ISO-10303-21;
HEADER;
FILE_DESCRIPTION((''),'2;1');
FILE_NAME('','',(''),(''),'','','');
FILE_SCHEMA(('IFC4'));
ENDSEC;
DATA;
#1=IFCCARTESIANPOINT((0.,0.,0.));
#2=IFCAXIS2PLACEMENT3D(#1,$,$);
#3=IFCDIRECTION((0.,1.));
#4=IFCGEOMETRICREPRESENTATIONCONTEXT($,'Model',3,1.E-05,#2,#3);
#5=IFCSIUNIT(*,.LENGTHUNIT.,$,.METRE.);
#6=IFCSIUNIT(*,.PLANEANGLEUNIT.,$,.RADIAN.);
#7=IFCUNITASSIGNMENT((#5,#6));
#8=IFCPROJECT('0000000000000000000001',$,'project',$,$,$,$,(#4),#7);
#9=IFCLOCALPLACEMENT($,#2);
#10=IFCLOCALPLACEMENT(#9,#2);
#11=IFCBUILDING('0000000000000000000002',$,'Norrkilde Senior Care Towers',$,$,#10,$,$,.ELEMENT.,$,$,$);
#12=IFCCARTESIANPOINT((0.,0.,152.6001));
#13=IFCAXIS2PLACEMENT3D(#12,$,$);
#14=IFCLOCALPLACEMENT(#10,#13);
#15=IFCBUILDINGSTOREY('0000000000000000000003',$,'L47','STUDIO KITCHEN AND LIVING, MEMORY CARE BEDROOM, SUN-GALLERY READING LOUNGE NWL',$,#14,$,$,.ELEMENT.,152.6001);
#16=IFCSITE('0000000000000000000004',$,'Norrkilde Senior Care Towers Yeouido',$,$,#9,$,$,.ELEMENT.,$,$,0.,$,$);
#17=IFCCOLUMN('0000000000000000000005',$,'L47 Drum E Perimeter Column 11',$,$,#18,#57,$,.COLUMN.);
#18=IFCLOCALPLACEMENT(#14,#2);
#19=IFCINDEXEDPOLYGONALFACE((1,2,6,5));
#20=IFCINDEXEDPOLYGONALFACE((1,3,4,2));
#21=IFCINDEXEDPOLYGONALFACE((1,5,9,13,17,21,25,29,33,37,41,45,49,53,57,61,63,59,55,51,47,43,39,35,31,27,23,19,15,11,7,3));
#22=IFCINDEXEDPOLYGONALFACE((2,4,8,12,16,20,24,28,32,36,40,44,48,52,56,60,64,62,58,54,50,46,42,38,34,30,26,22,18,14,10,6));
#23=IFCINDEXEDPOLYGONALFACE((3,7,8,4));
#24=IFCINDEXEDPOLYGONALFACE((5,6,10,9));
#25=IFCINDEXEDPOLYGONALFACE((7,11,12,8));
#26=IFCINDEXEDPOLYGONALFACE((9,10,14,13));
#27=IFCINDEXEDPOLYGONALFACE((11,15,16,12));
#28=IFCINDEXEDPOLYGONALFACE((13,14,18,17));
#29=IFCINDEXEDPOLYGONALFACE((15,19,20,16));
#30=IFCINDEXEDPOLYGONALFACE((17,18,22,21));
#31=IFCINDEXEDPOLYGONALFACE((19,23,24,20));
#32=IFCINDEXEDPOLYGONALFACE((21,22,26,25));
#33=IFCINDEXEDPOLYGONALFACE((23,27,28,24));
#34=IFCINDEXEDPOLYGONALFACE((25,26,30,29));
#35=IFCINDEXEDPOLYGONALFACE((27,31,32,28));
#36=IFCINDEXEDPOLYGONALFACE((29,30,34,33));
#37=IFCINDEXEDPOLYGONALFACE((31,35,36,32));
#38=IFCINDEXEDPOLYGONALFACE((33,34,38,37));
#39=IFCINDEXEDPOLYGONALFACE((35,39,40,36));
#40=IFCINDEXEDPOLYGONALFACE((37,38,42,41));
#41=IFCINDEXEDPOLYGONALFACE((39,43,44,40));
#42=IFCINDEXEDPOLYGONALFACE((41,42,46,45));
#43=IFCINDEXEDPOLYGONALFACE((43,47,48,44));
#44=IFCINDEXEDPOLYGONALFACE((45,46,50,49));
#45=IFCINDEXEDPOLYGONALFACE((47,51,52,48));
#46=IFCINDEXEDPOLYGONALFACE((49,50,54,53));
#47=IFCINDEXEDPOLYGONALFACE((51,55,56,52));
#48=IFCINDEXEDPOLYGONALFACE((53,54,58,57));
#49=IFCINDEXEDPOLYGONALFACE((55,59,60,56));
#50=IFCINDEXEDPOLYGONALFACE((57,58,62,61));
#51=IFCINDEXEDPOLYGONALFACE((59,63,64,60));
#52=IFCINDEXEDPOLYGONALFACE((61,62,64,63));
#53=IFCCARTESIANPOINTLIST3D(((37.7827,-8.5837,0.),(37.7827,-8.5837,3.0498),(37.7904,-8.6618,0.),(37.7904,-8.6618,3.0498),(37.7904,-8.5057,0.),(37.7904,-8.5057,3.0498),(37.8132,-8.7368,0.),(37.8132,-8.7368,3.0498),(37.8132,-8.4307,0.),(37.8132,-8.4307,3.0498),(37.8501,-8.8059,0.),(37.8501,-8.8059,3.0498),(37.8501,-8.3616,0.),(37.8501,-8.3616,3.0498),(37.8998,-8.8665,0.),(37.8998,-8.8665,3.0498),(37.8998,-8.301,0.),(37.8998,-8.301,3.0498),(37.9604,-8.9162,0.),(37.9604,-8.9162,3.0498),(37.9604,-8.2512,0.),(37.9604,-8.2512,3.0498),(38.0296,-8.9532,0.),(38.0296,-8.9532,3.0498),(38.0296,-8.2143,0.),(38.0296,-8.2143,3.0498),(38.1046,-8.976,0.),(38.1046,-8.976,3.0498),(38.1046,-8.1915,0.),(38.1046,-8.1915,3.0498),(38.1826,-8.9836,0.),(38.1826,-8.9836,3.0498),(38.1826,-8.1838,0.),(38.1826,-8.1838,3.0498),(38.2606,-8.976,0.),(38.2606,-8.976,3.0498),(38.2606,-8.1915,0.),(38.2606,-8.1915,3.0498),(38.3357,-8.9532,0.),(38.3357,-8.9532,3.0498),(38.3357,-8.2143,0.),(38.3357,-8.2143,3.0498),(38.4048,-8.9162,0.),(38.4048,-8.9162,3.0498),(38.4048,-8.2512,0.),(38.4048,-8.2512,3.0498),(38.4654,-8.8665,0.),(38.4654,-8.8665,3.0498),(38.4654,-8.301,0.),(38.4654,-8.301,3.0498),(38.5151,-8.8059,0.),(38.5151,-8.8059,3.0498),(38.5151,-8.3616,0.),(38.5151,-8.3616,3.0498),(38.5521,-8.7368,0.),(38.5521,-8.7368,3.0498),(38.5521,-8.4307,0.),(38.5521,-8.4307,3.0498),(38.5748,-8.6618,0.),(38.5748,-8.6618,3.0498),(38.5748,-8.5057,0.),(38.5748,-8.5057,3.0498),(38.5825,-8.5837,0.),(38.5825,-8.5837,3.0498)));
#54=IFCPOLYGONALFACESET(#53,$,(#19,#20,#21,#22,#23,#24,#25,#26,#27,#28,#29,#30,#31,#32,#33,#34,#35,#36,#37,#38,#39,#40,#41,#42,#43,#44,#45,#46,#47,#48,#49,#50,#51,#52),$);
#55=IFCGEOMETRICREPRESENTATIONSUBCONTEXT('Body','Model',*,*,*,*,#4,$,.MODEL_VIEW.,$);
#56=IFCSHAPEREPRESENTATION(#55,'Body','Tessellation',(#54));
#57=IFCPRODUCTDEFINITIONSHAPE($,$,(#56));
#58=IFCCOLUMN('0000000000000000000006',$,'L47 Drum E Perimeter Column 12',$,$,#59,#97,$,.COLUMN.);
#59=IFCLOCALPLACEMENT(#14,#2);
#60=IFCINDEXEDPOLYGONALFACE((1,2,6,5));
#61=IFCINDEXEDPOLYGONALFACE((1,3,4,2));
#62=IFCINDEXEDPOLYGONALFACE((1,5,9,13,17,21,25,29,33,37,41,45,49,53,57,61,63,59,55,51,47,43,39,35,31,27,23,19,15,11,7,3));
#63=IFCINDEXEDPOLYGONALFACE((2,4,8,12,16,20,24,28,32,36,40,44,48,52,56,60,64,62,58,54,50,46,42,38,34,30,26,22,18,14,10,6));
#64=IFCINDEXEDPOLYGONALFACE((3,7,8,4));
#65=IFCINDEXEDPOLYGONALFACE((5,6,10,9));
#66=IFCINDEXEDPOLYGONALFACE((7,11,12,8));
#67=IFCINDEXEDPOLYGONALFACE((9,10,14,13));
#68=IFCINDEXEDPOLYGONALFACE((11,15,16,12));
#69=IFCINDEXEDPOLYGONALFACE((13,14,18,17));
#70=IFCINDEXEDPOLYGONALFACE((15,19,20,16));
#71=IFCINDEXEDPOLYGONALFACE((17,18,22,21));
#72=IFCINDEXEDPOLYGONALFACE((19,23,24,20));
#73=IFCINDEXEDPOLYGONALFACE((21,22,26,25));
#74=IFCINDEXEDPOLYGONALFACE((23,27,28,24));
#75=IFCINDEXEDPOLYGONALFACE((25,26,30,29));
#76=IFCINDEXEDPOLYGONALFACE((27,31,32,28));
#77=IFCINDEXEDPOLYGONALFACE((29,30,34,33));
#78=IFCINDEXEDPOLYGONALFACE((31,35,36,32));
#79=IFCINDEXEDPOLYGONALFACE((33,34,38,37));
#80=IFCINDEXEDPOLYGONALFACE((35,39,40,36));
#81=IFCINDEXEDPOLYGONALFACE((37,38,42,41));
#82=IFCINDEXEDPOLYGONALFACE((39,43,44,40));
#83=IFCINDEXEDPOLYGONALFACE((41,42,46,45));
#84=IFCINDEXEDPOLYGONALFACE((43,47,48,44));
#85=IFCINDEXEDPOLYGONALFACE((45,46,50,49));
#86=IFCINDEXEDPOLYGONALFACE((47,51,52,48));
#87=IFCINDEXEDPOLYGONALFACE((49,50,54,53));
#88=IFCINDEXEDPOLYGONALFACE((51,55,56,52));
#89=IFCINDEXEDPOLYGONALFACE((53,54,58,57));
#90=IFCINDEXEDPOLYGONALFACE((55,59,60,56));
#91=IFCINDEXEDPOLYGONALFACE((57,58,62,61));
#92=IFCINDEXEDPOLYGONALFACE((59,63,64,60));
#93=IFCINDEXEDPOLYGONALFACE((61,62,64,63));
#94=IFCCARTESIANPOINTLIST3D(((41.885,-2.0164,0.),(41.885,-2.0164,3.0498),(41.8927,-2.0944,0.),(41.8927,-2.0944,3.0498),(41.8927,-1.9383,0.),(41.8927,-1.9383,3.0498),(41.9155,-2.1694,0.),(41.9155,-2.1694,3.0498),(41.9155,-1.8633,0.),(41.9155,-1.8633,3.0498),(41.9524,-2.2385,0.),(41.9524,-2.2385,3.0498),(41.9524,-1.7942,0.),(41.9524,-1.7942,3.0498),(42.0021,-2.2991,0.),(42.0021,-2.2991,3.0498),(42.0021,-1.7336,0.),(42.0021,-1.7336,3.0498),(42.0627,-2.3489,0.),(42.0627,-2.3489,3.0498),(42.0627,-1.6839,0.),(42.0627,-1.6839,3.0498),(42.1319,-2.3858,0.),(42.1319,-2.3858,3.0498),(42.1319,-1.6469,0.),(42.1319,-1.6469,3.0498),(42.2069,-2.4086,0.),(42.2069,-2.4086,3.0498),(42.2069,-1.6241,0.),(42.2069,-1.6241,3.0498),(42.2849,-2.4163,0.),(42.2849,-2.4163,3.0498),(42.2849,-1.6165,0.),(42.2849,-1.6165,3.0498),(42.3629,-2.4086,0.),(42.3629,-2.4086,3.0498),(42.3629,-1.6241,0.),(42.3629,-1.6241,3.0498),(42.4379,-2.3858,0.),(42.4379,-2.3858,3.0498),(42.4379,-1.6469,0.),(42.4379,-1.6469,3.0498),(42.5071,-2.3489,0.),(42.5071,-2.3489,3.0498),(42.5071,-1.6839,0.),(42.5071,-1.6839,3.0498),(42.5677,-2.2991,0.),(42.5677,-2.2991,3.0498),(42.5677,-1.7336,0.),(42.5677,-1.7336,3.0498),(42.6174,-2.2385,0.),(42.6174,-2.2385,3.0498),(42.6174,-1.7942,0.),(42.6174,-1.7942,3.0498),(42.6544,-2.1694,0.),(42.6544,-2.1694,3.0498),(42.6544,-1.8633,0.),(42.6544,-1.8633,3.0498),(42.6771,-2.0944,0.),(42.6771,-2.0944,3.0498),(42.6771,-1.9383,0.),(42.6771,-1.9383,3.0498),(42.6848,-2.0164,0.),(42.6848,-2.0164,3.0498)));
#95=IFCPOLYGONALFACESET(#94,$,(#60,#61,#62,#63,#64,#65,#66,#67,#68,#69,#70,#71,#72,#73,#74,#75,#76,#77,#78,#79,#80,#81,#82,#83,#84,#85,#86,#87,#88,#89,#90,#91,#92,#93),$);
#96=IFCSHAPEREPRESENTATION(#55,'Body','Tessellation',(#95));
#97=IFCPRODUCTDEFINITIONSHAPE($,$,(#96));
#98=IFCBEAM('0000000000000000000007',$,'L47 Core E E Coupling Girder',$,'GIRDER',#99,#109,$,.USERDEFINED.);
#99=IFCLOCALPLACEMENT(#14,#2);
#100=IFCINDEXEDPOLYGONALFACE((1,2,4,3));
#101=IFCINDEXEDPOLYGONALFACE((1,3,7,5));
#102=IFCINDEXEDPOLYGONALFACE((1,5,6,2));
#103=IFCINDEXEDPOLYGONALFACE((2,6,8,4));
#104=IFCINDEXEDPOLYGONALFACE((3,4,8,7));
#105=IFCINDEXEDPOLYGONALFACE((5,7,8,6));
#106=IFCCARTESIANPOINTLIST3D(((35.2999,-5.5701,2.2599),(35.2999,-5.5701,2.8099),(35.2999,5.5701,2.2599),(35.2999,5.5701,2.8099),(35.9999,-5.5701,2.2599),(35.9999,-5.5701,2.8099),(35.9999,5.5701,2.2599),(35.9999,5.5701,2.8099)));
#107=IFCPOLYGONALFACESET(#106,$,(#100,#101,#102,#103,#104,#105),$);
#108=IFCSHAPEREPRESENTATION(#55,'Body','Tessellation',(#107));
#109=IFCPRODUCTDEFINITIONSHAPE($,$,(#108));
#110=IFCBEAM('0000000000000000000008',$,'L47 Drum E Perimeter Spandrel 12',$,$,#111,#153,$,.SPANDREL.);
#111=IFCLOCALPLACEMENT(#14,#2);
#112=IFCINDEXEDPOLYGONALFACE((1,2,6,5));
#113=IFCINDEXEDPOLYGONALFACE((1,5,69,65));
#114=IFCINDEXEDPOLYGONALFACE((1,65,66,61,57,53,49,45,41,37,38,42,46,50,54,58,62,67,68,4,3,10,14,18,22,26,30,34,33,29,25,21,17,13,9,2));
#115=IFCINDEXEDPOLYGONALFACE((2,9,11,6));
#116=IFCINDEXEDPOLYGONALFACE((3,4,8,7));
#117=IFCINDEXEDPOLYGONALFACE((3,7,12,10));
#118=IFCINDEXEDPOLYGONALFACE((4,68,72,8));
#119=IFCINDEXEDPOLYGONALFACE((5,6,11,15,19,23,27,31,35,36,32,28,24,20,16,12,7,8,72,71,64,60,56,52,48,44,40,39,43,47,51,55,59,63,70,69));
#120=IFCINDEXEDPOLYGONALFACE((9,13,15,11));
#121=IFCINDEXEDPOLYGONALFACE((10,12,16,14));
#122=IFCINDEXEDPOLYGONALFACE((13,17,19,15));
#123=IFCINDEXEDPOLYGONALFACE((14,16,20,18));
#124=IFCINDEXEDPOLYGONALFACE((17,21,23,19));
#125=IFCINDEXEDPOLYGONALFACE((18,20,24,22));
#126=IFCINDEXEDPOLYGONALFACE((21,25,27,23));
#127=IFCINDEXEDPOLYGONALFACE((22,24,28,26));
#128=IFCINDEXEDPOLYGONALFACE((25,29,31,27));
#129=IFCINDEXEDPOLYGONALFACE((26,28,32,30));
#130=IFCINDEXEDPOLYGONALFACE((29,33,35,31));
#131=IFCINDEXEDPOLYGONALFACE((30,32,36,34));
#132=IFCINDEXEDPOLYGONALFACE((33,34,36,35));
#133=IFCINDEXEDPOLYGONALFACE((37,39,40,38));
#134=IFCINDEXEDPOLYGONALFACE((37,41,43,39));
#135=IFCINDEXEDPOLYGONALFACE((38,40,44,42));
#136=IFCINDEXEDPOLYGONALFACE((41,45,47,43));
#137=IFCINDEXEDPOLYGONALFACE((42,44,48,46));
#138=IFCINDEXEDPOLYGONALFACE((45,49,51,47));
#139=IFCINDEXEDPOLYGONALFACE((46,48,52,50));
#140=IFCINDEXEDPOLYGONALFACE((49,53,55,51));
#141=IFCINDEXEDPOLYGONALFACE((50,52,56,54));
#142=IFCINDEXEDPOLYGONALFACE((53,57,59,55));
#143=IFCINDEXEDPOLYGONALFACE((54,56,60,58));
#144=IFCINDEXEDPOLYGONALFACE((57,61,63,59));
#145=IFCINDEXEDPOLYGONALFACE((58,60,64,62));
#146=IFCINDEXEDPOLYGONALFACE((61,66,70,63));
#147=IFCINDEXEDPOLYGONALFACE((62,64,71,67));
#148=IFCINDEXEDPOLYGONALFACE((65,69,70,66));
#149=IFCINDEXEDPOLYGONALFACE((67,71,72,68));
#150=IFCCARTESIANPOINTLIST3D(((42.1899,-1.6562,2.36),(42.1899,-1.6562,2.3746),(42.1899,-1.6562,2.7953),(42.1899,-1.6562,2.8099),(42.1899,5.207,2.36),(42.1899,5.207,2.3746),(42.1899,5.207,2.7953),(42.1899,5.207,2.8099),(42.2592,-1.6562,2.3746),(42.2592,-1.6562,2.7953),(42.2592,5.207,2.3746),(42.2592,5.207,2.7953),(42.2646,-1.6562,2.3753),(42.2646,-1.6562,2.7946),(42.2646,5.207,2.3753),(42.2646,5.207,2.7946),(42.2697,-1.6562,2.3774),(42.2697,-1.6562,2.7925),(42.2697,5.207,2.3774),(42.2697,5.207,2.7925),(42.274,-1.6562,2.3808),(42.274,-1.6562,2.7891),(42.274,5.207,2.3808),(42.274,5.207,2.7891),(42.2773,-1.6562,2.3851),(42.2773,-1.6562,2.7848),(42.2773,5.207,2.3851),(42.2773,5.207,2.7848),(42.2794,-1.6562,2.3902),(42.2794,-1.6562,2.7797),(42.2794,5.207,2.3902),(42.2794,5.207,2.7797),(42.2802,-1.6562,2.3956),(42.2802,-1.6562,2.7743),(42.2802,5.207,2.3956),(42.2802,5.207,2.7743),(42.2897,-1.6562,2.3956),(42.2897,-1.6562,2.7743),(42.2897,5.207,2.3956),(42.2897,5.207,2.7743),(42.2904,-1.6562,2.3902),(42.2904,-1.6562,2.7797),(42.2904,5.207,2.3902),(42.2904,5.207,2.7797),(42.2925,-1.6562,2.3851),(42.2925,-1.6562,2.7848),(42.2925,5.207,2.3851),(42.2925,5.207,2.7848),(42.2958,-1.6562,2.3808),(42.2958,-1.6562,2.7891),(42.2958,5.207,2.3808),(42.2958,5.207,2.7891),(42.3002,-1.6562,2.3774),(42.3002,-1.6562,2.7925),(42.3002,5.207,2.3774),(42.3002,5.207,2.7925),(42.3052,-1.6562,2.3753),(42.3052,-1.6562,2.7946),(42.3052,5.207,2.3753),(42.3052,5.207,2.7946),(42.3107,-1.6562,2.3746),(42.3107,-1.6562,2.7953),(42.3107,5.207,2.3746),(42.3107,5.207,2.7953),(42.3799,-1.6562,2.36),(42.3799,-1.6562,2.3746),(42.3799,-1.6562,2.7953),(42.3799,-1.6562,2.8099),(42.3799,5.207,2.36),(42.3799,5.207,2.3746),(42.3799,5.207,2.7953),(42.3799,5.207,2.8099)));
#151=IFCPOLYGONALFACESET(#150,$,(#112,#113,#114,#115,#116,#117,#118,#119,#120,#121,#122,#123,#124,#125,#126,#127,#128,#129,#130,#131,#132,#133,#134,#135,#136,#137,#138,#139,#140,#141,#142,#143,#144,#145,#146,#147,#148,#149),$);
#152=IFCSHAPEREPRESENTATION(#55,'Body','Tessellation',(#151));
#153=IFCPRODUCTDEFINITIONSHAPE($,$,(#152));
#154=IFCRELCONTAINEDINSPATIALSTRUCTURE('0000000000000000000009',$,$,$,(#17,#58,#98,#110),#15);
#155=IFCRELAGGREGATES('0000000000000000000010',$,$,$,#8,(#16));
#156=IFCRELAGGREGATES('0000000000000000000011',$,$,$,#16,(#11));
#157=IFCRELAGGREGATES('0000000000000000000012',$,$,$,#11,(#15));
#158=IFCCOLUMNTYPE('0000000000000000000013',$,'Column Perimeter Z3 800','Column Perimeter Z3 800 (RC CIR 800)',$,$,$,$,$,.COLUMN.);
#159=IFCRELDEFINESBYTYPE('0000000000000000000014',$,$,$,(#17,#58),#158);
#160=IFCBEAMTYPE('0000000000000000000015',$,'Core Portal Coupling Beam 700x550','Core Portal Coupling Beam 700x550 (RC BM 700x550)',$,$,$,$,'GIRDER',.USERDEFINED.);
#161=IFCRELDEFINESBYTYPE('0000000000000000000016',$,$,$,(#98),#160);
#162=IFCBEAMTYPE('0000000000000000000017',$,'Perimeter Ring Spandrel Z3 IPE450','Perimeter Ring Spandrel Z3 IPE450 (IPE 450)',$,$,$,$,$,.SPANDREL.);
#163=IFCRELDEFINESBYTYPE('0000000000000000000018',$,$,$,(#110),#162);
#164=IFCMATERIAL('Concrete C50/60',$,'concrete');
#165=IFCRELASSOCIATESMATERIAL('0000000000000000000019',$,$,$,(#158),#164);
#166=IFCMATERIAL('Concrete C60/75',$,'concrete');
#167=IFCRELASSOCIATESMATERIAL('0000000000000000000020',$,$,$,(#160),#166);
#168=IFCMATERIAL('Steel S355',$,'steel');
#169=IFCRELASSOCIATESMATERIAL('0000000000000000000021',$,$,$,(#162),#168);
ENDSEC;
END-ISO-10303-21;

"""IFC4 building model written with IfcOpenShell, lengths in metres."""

from ifc_helpers import new_model, si_unit, direction, frame, origin, origin_2d, place, context, subcontext, project, spatial, rectangle, circle, i_section, extrude, source, transform, mapped, material, material_profile, profile_set, type_object, type_shapes, element, save


model = new_model("IFC4")

# Units and contexts
model_context = context("Model", 3, precision=1e-05, world=origin(), true_north=direction((0.0, 1.0)))
body_context = subcontext(model_context, "Body", "Model", "MODEL_VIEW")
ifc_project = project(units=[si_unit("LENGTHUNIT", "METRE"), si_unit("PLANEANGLEUNIT", "RADIAN")], contexts=[model_context])

# Site, building, storey
site_placement = place(None, origin())
site = spatial("IfcSite", under=ifc_project, at=site_placement, Name="Norrkilde Senior Care Towers Yeouido", CompositionType="ELEMENT", RefElevation=0.0)
building_placement = place(site_placement, origin())
building = spatial("IfcBuilding", under=site, at=building_placement, Name="Norrkilde Senior Care Towers", CompositionType="ELEMENT")
storey_placement = place(building_placement, frame((0.0, 0.0, 152.6001)))
storey = spatial("IfcBuildingStorey", under=building, at=storey_placement, Name="L47", Description="STUDIO KITCHEN AND LIVING, MEMORY CARE BEDROOM, SUN-GALLERY READING LOUNGE NWL", CompositionType="ELEMENT", Elevation=152.6001)

# Columns
ifc_material_1 = material(Name="Concrete C50/60", Category="concrete")
ifc_material_profile_1 = material_profile(ifc_material_1, circle(Radius=0.3999, at=origin_2d()), Name="RC CIR 800")
ifc_profile_set_1 = profile_set([ifc_material_profile_1], Name="Concrete C50/60")
column_type = type_object("IfcColumnType", Name="Column Perimeter Z3 800", Description="Column Perimeter Z3 800 (RC CIR 800)", PredefinedType="COLUMN", material=ifc_profile_set_1)
shared_shape_1 = source(origin(), body_context, "Body", "SweptSolid", [
    extrude(circle(Radius=0.3999, at=origin_2d()), origin(), (0.0, 0.0, 1.0), 3.0498),
])
type_shapes(column_type, [shared_shape_1])
for number, where, z_axis, x_axis, name in (
    (1, (38.1826, -8.5837, 0.0), (0.0, 0.0, 1.0), (1.0, 0.0, 0.0), "L47 Drum E Perimeter Column 11"),
    (2, (42.2849, -2.0164, 0.0), (0.0, 0.0, 1.0), (1.0, 0.0, 0.0), "L47 Drum E Perimeter Column 12"),
):
    element("IfcColumn", number, at=place(storey_placement, frame(where, z_axis=z_axis, x_axis=x_axis)), inside=storey, type_object=column_type, Name=name, PredefinedType="COLUMN", context=body_context, shape_type="MappedRepresentation", body=[
        mapped(shared_shape_1, transform((0.0, 0.0, 0.0), x_axis=(1.0, 0.0, 0.0), y_axis=(0.0, 1.0, 0.0), z_axis=(0.0, 0.0, 1.0), scale=1.0)),
    ])

# Beams
ifc_material_2 = material(Name="Concrete C60/75", Category="concrete")
ifc_material_profile_2 = material_profile(ifc_material_2, rectangle(XDim=0.7, YDim=0.55, at=origin_2d()), Name="RC BM 700x550")
ifc_profile_set_2 = profile_set([ifc_material_profile_2], Name="Concrete C60/75")
beam_type_1 = type_object("IfcBeamType", Name="Core Portal Coupling Beam 700x550", Description="Core Portal Coupling Beam 700x550 (RC BM 700x550)", ElementType="GIRDER", PredefinedType="USERDEFINED", material=ifc_profile_set_2)
shared_shape_2 = source(origin(), body_context, "Body", "SweptSolid", [
    extrude(rectangle(XDim=0.7, YDim=0.55, at=origin_2d()), origin(), (0.0, 0.0, 1.0), 11.1401),
])
type_shapes(beam_type_1, [shared_shape_2])
beam_1_placement = place(storey_placement, frame((35.6499, -5.5701, 2.5349), z_axis=(0.0, 1.0, 0.0), x_axis=(-1.0, 0.0, 0.0)))
element("IfcBeam", 3, at=beam_1_placement, inside=storey, type_object=beam_type_1, Name="L47 Core E E Coupling Girder", ObjectType="GIRDER", PredefinedType="USERDEFINED", context=body_context, shape_type="MappedRepresentation", body=[
    mapped(shared_shape_2, transform((0.0, 0.0, 0.0), x_axis=(1.0, 0.0, 0.0), y_axis=(0.0, 1.0, 0.0), z_axis=(0.0, 0.0, 1.0), scale=1.0)),
])
ifc_material_3 = material(Name="Steel S355", Category="steel")
ifc_material_profile_3 = material_profile(ifc_material_3, i_section(OverallWidth=0.1899, OverallDepth=0.45, WebThickness=0.0095, FlangeThickness=0.0146, FilletRadius=0.021, at=origin_2d()), Name="IPE 450")
ifc_profile_set_3 = profile_set([ifc_material_profile_3], Name="Steel S355")
beam_type_2 = type_object("IfcBeamType", Name="Perimeter Ring Spandrel Z3 IPE450", Description="Perimeter Ring Spandrel Z3 IPE450 (IPE 450)", PredefinedType="SPANDREL", material=ifc_profile_set_3)
shared_shape_3 = source(origin(), body_context, "Body", "SweptSolid", [
    extrude(i_section(OverallWidth=0.1899, OverallDepth=0.45, WebThickness=0.0095, FlangeThickness=0.0146, FilletRadius=0.021, at=origin_2d()), origin(), (0.0, 0.0, 1.0), 6.8633),
])
beam_2_placement = place(storey_placement, frame((42.2849, -1.6562, 2.585), z_axis=(0.0, 1.0, 0.0), x_axis=(-1.0, 0.0, 0.0)))
element("IfcBeam", 4, at=beam_2_placement, inside=storey, type_object=beam_type_2, Name="L47 Drum E Perimeter Spandrel 12", PredefinedType="SPANDREL", context=body_context, shape_type="MappedRepresentation", body=[
    mapped(shared_shape_3, transform((0.0, 0.0, 0.0), x_axis=(1.0, 0.0, 0.0), y_axis=(0.0, 1.0, 0.0), z_axis=(0.0, 0.0, 1.0), scale=1.0)),
])

save(model, "model.ifc")
